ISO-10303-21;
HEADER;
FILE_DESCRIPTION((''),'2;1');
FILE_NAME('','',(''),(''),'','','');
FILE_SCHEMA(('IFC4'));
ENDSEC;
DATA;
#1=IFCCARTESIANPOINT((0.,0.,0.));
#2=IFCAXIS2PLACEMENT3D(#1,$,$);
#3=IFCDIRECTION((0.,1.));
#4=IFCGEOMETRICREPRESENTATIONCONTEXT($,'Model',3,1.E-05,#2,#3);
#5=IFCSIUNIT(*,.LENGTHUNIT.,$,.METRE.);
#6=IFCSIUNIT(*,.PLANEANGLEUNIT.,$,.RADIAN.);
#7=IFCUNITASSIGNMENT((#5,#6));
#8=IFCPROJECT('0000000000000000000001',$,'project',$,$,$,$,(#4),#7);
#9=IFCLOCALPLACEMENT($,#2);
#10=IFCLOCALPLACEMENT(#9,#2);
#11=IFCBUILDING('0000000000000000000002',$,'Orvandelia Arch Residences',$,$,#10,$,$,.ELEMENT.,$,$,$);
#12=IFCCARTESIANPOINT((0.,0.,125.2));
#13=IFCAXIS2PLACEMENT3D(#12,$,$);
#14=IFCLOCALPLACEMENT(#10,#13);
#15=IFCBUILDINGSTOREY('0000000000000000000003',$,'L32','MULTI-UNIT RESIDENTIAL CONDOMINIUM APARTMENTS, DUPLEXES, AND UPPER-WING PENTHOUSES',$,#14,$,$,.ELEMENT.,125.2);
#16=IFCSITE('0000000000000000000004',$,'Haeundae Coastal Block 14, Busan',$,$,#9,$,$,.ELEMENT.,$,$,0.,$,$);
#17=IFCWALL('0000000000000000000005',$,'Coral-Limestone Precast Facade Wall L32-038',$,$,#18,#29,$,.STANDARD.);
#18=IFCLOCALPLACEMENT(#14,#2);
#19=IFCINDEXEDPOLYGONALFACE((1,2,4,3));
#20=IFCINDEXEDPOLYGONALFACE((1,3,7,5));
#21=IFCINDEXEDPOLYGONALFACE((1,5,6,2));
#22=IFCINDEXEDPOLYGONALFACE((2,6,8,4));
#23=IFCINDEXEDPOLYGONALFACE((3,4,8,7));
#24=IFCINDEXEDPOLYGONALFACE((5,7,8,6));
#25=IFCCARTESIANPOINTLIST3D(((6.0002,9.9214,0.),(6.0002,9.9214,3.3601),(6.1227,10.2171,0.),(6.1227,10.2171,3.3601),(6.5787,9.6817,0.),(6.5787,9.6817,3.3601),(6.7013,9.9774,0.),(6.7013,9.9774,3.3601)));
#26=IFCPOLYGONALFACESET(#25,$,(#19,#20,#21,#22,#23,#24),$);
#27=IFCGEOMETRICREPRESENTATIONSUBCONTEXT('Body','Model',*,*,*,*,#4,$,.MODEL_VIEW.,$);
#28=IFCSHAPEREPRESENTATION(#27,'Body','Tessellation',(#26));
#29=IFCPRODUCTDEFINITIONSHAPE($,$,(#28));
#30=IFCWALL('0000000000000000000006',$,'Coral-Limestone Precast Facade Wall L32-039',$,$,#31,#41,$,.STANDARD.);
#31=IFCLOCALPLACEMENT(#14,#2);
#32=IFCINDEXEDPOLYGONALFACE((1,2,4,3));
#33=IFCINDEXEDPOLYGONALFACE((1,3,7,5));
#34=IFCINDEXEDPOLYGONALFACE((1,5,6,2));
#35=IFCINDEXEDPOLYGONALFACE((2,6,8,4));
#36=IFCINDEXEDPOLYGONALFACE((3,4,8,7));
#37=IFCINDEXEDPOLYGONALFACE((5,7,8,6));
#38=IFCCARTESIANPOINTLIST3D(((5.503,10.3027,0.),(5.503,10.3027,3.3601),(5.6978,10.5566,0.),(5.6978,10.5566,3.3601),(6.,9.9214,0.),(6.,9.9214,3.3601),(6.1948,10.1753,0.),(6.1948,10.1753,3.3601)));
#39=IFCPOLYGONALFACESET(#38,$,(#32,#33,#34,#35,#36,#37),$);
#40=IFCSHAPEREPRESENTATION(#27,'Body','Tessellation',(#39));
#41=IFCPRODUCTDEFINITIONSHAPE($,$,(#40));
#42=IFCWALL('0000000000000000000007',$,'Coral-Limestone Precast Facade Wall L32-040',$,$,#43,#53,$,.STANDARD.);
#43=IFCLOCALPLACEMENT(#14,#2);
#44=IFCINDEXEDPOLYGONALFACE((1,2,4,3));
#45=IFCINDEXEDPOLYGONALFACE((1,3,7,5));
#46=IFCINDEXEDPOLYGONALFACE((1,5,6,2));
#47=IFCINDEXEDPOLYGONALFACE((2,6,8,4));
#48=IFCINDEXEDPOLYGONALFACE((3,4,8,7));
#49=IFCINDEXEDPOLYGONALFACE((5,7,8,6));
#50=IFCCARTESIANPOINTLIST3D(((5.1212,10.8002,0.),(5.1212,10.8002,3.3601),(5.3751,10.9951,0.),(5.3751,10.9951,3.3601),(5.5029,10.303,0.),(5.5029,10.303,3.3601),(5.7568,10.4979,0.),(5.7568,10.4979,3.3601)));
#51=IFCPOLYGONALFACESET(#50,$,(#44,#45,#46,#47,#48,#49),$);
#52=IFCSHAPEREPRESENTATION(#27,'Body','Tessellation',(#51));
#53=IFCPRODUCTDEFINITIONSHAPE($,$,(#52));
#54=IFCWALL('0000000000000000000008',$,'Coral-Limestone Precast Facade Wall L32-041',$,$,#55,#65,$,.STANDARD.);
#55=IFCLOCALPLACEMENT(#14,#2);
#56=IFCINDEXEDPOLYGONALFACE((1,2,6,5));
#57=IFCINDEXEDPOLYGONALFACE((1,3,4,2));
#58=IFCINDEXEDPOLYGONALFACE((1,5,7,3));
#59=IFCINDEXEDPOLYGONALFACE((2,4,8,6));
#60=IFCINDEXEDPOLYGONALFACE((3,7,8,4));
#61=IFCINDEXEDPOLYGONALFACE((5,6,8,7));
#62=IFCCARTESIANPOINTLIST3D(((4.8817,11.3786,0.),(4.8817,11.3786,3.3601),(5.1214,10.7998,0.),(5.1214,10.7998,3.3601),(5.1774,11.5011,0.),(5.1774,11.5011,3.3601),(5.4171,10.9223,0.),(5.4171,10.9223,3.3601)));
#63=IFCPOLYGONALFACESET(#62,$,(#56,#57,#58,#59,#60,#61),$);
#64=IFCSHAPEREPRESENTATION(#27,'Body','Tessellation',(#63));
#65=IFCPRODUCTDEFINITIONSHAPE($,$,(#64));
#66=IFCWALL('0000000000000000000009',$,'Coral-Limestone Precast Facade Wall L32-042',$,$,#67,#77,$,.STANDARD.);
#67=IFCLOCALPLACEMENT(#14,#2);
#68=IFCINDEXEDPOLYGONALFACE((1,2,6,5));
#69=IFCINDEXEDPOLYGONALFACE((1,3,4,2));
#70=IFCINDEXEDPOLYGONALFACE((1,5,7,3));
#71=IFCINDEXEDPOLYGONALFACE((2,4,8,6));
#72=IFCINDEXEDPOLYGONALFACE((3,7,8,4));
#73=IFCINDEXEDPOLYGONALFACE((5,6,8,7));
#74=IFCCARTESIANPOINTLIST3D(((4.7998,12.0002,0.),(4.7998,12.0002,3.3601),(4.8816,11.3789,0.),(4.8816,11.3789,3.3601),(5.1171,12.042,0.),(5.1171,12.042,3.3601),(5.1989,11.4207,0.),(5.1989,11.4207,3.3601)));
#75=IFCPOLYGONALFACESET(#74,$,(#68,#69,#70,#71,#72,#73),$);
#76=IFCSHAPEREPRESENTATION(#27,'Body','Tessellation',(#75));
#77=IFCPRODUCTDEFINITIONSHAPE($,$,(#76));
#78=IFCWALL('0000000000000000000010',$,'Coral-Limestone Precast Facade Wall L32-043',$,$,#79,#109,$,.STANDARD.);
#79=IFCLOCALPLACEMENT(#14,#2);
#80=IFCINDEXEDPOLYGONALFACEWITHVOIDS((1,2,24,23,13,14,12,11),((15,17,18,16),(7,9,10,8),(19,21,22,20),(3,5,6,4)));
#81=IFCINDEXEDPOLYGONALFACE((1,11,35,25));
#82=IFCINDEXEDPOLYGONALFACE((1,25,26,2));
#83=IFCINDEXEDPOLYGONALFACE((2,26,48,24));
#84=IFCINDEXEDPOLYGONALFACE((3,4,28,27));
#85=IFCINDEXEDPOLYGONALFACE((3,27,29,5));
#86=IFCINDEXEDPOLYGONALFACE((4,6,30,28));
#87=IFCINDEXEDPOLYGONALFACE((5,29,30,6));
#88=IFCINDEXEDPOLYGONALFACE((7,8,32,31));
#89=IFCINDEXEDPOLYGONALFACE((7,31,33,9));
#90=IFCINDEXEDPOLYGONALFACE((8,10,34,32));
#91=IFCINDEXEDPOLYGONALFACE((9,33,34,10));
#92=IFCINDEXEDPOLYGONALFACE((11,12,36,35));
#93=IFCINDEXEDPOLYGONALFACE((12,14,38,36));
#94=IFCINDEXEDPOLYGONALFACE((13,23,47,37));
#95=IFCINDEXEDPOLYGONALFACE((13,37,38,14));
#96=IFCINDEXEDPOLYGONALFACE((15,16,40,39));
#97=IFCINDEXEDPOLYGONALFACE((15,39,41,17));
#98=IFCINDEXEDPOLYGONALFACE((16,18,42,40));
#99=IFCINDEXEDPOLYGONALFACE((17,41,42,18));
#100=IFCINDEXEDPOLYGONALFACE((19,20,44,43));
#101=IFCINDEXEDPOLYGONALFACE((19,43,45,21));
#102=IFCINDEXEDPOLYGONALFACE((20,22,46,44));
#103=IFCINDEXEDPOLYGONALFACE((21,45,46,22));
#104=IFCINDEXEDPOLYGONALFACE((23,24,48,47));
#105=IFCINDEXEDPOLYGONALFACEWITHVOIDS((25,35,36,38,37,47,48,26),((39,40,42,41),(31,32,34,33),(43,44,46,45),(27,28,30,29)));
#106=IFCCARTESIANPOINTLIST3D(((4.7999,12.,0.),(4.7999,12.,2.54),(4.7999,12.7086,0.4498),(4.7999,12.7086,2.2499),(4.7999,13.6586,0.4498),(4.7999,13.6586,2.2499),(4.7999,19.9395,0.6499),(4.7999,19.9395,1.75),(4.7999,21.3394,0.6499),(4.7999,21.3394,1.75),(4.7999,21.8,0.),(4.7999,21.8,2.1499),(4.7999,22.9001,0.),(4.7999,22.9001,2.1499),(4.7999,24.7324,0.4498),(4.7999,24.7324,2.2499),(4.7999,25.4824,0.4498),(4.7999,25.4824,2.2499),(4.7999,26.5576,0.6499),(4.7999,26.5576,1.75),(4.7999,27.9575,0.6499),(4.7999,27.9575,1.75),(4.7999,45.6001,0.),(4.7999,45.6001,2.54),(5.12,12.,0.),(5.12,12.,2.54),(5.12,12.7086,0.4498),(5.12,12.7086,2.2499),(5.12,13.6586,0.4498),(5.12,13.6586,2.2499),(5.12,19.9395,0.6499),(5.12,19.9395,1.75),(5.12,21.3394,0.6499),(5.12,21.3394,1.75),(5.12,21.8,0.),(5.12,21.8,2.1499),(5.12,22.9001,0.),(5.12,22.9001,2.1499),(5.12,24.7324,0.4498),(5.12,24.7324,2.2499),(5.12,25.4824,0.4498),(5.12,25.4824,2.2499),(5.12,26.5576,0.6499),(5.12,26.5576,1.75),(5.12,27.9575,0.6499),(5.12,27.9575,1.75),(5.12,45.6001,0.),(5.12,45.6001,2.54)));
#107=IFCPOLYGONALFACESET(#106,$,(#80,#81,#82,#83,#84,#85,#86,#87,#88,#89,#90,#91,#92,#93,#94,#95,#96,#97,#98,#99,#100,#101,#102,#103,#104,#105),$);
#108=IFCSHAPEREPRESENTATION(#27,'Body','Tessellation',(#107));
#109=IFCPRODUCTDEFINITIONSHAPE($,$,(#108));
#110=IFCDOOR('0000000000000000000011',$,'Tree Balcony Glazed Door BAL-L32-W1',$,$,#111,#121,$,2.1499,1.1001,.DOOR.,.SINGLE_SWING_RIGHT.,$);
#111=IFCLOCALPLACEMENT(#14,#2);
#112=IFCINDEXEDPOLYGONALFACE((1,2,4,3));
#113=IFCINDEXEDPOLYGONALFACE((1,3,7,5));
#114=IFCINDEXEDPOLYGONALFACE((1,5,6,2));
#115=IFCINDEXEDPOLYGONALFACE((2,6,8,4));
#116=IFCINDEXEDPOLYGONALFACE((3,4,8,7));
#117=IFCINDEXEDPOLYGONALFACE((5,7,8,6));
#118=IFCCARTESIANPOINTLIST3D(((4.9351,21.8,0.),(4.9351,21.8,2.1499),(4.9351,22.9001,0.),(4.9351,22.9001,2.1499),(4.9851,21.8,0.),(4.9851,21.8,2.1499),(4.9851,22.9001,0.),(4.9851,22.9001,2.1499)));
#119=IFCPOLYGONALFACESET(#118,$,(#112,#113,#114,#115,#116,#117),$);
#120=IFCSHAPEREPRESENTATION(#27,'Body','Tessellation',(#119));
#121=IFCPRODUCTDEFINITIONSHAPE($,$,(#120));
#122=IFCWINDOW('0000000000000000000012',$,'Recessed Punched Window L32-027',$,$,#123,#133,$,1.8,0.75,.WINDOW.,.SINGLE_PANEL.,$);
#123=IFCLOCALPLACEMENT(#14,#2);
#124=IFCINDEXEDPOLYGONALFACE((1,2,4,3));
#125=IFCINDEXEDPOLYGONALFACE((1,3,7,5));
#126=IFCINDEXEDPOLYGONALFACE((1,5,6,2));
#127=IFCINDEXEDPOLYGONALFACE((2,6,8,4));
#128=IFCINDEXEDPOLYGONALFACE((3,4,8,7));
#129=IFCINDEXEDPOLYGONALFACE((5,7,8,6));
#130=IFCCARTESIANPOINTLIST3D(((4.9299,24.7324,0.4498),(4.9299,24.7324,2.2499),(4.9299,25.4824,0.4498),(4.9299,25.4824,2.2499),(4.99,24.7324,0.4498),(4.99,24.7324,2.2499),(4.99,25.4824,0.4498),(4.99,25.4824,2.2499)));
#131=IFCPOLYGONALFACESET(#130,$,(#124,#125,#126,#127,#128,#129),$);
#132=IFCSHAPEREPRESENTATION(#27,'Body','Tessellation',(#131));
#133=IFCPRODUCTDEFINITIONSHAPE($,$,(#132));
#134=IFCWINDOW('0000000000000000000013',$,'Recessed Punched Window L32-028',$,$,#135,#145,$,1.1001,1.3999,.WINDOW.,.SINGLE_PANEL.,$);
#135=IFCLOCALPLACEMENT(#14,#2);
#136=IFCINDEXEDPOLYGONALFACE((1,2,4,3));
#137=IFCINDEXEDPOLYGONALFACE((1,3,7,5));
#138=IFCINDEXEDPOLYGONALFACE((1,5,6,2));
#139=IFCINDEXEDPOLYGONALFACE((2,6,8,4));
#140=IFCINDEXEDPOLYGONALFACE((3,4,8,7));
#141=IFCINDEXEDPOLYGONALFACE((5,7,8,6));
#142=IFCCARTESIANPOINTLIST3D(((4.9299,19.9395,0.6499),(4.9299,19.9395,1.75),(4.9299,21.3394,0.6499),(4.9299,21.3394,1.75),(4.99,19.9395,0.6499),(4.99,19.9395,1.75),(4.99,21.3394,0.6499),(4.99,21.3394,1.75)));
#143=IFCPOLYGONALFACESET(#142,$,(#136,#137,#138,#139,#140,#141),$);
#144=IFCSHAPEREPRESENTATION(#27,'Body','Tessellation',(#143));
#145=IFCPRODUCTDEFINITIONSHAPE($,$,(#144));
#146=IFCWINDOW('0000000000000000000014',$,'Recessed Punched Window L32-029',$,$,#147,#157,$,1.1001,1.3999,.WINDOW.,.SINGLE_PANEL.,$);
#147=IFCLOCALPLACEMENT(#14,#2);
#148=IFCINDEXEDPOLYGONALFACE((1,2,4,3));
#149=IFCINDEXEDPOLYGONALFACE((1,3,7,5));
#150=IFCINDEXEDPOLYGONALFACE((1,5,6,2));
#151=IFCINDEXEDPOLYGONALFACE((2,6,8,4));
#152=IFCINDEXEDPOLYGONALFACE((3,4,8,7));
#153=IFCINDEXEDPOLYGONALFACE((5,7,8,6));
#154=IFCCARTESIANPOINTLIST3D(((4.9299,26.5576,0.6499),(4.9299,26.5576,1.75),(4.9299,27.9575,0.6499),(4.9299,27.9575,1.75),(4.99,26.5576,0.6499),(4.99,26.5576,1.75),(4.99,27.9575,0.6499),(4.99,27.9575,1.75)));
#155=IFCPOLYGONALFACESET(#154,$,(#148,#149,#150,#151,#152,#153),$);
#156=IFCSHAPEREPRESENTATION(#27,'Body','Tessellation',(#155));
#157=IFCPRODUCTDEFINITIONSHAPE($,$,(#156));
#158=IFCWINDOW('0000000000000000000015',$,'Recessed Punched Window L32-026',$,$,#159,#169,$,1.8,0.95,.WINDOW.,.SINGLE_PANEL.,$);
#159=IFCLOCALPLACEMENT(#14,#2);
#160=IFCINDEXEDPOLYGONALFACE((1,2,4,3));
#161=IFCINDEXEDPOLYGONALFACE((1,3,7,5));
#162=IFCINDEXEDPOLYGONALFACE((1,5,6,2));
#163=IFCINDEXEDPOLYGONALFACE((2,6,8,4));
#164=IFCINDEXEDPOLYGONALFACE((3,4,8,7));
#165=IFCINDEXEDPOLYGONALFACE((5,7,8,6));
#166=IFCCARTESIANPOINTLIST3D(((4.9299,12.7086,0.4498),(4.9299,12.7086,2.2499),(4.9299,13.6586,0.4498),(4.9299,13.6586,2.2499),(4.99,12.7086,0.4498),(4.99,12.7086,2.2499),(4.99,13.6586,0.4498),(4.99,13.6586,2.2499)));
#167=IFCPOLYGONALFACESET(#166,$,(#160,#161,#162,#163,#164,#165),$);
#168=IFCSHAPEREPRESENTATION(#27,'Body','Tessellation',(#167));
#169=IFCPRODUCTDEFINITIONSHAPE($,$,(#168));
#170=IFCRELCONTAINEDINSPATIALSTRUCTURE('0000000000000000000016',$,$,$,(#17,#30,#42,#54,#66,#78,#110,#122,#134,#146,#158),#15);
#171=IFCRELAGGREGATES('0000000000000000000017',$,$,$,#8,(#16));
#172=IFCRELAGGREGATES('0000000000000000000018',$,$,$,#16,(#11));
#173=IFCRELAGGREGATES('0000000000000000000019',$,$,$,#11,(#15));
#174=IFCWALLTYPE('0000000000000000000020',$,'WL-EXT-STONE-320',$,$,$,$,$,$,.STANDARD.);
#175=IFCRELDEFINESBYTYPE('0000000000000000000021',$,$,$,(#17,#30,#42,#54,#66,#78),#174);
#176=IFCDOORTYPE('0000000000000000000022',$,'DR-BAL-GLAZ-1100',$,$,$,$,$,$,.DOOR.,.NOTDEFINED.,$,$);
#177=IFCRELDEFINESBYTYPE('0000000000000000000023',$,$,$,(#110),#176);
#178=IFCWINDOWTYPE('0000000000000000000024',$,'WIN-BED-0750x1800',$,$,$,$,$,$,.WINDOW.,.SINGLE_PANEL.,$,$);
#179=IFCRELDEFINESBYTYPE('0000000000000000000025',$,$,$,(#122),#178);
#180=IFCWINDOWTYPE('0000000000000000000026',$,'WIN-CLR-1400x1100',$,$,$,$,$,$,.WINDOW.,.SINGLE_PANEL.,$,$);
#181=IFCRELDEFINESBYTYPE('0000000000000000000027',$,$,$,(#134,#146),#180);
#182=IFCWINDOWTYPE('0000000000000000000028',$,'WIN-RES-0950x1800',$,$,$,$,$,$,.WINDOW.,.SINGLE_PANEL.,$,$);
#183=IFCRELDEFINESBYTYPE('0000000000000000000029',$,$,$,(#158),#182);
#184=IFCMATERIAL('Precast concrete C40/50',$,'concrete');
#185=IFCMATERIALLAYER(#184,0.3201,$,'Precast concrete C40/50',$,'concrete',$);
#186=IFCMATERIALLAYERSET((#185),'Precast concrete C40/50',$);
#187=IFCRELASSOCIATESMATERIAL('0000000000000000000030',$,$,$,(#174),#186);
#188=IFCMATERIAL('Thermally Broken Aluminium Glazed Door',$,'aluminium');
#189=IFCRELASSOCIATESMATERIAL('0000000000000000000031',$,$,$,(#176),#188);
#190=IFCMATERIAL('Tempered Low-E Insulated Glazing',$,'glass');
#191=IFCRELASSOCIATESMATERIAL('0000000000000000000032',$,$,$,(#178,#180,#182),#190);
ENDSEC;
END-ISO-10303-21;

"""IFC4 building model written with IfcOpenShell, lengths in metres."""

from ifc_helpers import new_model, si_unit, direction, frame, frame_2d, origin, place, context, subcontext, project, spatial, rectangle, extrude, material, layer, layer_set, type_object, element, fill, save


model = new_model("IFC4")

# Units and contexts
model_context = context("Model", 3, precision=1e-05, world=origin(), true_north=direction((0.0, 1.0)))
body_context = subcontext(model_context, "Body", "Model", "MODEL_VIEW")
ifc_project = project(units=[si_unit("LENGTHUNIT", "METRE"), si_unit("PLANEANGLEUNIT", "RADIAN")], contexts=[model_context])

# Site, building, storey
site_placement = place(None, origin())
site = spatial("IfcSite", under=ifc_project, at=site_placement, Name="Haeundae Coastal Block 14, Busan", CompositionType="ELEMENT", RefElevation=0.0)
building_placement = place(site_placement, origin())
building = spatial("IfcBuilding", under=site, at=building_placement, Name="Orvandelia Arch Residences", CompositionType="ELEMENT")
storey_placement = place(building_placement, frame((0.0, 0.0, 125.2)))
storey = spatial("IfcBuildingStorey", under=building, at=storey_placement, Name="L32", Description="MULTI-UNIT RESIDENTIAL CONDOMINIUM APARTMENTS, DUPLEXES, AND UPPER-WING PENTHOUSES", CompositionType="ELEMENT", Elevation=125.2)

# Shared definitions
ifc_material_1 = material(Name="Precast concrete C40/50", Category="concrete")

# Walls
ifc_layer_1 = layer(ifc_material_1, 0.3201, Name="Precast concrete C40/50", Category="concrete")
ifc_layer_set_1 = layer_set([ifc_layer_1], Name="Precast concrete C40/50")
wall_type_1 = type_object("IfcWallType", Name="WL-EXT-STONE-320", PredefinedType="STANDARD", material=ifc_layer_set_1)
wall_1_placement = place(storey_placement, frame((6.6399, 9.8296, 0.0), z_axis=(0.0, 0.0, 1.0), x_axis=(-0.923836, 0.382788, 0.0)))
element("IfcWall", 1, at=wall_1_placement, inside=storey, type_object=wall_type_1, Name="Coral-Limestone Precast Facade Wall L32-038", PredefinedType="STANDARD", context=body_context, shape_type="SweptSolid", body=[
    extrude(rectangle(XDim=0.6262, YDim=0.3201, at=frame_2d((0.313, 0.0))), origin(), (0.0, 0.0, 1.0), 3.3601),
])
wall_2_placement = place(storey_placement, frame((6.0974, 10.0483, 0.0), z_axis=(0.0, 0.0, 1.0), x_axis=(-0.793406, 0.608693, 0.0)))
element("IfcWall", 2, at=wall_2_placement, inside=storey, type_object=wall_type_1, Name="Coral-Limestone Precast Facade Wall L32-039", PredefinedType="STANDARD", context=body_context, shape_type="SweptSolid", body=[
    extrude(rectangle(XDim=0.6265, YDim=0.3201, at=frame_2d((0.3132, 0.0))), origin(), (0.0, 0.0, 1.0), 3.3601),
])
wall_3_placement = place(storey_placement, frame((5.6299, 10.4004, 0.0), z_axis=(0.0, 0.0, 1.0), x_axis=(-0.608939, 0.793217, 0.0)))
element("IfcWall", 3, at=wall_3_placement, inside=storey, type_object=wall_type_1, Name="Coral-Limestone Precast Facade Wall L32-040", PredefinedType="STANDARD", context=body_context, shape_type="SweptSolid", body=[
    extrude(rectangle(XDim=0.6267, YDim=0.3201, at=frame_2d((0.3135, 0.0))), origin(), (0.0, 0.0, 1.0), 3.3601),
])
wall_4_placement = place(storey_placement, frame((5.2693, 10.8611, 0.0), z_axis=(0.0, 0.0, 1.0), x_axis=(-0.38265, 0.923893, 0.0)))
element("IfcWall", 4, at=wall_4_placement, inside=storey, type_object=wall_type_1, Name="Coral-Limestone Precast Facade Wall L32-041", PredefinedType="STANDARD", context=body_context, shape_type="SweptSolid", body=[
    extrude(rectangle(XDim=0.6265, YDim=0.3201, at=frame_2d((0.3132, 0.0))), origin(), (0.0, 0.0, 1.0), 3.3601),
])
wall_5_placement = place(storey_placement, frame((5.0403, 11.3997, 0.0), z_axis=(0.0, 0.0, 1.0), x_axis=(-0.130505, 0.991448, 0.0)))
element("IfcWall", 5, at=wall_5_placement, inside=storey, type_object=wall_type_1, Name="Coral-Limestone Precast Facade Wall L32-042", PredefinedType="STANDARD", context=body_context, shape_type="SweptSolid", body=[
    extrude(rectangle(XDim=0.6267, YDim=0.3201, at=frame_2d((0.3135, 0.0))), origin(), (0.0, 0.0, 1.0), 3.3601),
])

# Wall, openings, door, windows
wall_6_placement = place(storey_placement, frame((4.96, 12.0, 0.0), z_axis=(0.0, 0.0, 1.0), x_axis=(0.0, 1.0, 0.0)))
wall_6 = element("IfcWall", 6, at=wall_6_placement, inside=storey, type_object=wall_type_1, Name="Coral-Limestone Precast Facade Wall L32-043", PredefinedType="STANDARD", context=body_context, shape_type="SweptSolid", body=[
    extrude(rectangle(XDim=33.6001, YDim=0.3201, at=frame_2d((16.8, 0.0))), origin(), (0.0, 0.0, 1.0), 2.54),
])
opening_1_placement = place(wall_6_placement, frame((9.8, 0.0, 0.0)))
opening_1 = element("IfcOpeningElement", 7, at=opening_1_placement, cuts=wall_6, PredefinedType="OPENING", context=body_context, shape_type="SweptSolid", body=[
    extrude(rectangle(XDim=1.1001, YDim=2.1499, at=frame_2d((0.55, 1.075))), frame((0.0, 0.1699, 0.0), z_axis=(0.0, -1.0, 0.0), x_axis=(1.0, 0.0, 0.0)), (0.0, 0.0, 1.0), 0.3401),
])
opening_2_placement = place(wall_6_placement, frame((0.7085, 0.0, 0.45)))
opening_2 = element("IfcOpeningElement", 8, at=opening_2_placement, cuts=wall_6, PredefinedType="OPENING", context=body_context, shape_type="SweptSolid", body=[
    extrude(rectangle(XDim=0.95, YDim=1.8, at=frame_2d((0.4751, 0.8999))), frame((0.0, 0.1699, 0.0), z_axis=(0.0, -1.0, 0.0), x_axis=(1.0, 0.0, 0.0)), (0.0, 0.0, 1.0), 0.3401),
])
opening_3_placement = place(wall_6_placement, frame((12.7324, 0.0, 0.45)))
opening_3 = element("IfcOpeningElement", 9, at=opening_3_placement, cuts=wall_6, PredefinedType="OPENING", context=body_context, shape_type="SweptSolid", body=[
    extrude(rectangle(XDim=0.75, YDim=1.8, at=frame_2d((0.375, 0.8999))), frame((0.0, 0.1699, 0.0), z_axis=(0.0, -1.0, 0.0), x_axis=(1.0, 0.0, 0.0)), (0.0, 0.0, 1.0), 0.3401),
])
opening_4_placement = place(wall_6_placement, frame((7.9395, 0.0, 0.6499)))
opening_4 = element("IfcOpeningElement", 10, at=opening_4_placement, cuts=wall_6, PredefinedType="OPENING", context=body_context, shape_type="SweptSolid", body=[
    extrude(rectangle(XDim=1.3999, YDim=1.1001, at=frame_2d((0.7, 0.55))), frame((0.0, 0.1699, 0.0), z_axis=(0.0, -1.0, 0.0), x_axis=(1.0, 0.0, 0.0)), (0.0, 0.0, 1.0), 0.3401),
])
opening_5_placement = place(wall_6_placement, frame((14.5576, 0.0, 0.6499)))
opening_5 = element("IfcOpeningElement", 11, at=opening_5_placement, cuts=wall_6, PredefinedType="OPENING", context=body_context, shape_type="SweptSolid", body=[
    extrude(rectangle(XDim=1.3999, YDim=1.1001, at=frame_2d((0.7, 0.55))), frame((0.0, 0.1699, 0.0), z_axis=(0.0, -1.0, 0.0), x_axis=(1.0, 0.0, 0.0)), (0.0, 0.0, 1.0), 0.3401),
])
ifc_material_2 = material(Name="Thermally Broken Aluminium Glazed Door", Category="aluminium")
door_type_1 = type_object("IfcDoorType", Name="DR-BAL-GLAZ-1100", OperationType="NOTDEFINED", PredefinedType="DOOR", material=ifc_material_2)
door_1_placement = place(opening_1_placement, origin())
door_1 = element("IfcDoor", 12, at=door_1_placement, inside=storey, type_object=door_type_1, Name="Tree Balcony Glazed Door BAL-L32-W1", OperationType="SINGLE_SWING_RIGHT", OverallHeight=2.1499, OverallWidth=1.1001, PredefinedType="DOOR", context=body_context, shape_type="SweptSolid", body=[
    extrude(rectangle(XDim=1.1001, YDim=2.1499, at=frame_2d((0.55, 1.075))), frame((0.0, 0.0249, 0.0), z_axis=(0.0, -1.0, 0.0), x_axis=(1.0, 0.0, 0.0)), (0.0, 0.0, 1.0), 0.05),
])
fill(opening_1, door_1)
ifc_material_3 = material(Name="Tempered Low-E Insulated Glazing", Category="glass")
window_type_1 = type_object("IfcWindowType", Name="WIN-BED-0750x1800", PartitioningType="SINGLE_PANEL", PredefinedType="WINDOW", material=ifc_material_3)
window_1_placement = place(opening_3_placement, origin())
window_1 = element("IfcWindow", 13, at=window_1_placement, inside=storey, type_object=window_type_1, Name="Recessed Punched Window L32-027", OverallHeight=1.8, OverallWidth=0.75, PartitioningType="SINGLE_PANEL", PredefinedType="WINDOW", context=body_context, shape_type="SweptSolid", body=[
    extrude(rectangle(XDim=0.75, YDim=1.8, at=frame_2d((0.375, 0.8999))), frame((0.0, 0.03, 0.0), z_axis=(0.0, -1.0, 0.0), x_axis=(1.0, 0.0, 0.0)), (0.0, 0.0, 1.0), 0.0601),
])
fill(opening_3, window_1)
window_type_2 = type_object("IfcWindowType", Name="WIN-CLR-1400x1100", PartitioningType="SINGLE_PANEL", PredefinedType="WINDOW", material=ifc_material_3)
window_2_placement = place(opening_4_placement, origin())
window_2 = element("IfcWindow", 14, at=window_2_placement, inside=storey, type_object=window_type_2, Name="Recessed Punched Window L32-028", OverallHeight=1.1001, OverallWidth=1.3999, PartitioningType="SINGLE_PANEL", PredefinedType="WINDOW", context=body_context, shape_type="SweptSolid", body=[
    extrude(rectangle(XDim=1.3999, YDim=1.1001, at=frame_2d((0.7, 0.55))), frame((0.0, 0.03, 0.0), z_axis=(0.0, -1.0, 0.0), x_axis=(1.0, 0.0, 0.0)), (0.0, 0.0, 1.0), 0.0601),
])
fill(opening_4, window_2)
window_3_placement = place(opening_5_placement, origin())
window_3 = element("IfcWindow", 15, at=window_3_placement, inside=storey, type_object=window_type_2, Name="Recessed Punched Window L32-029", OverallHeight=1.1001, OverallWidth=1.3999, PartitioningType="SINGLE_PANEL", PredefinedType="WINDOW", context=body_context, shape_type="SweptSolid", body=[
    extrude(rectangle(XDim=1.3999, YDim=1.1001, at=frame_2d((0.7, 0.55))), frame((0.0, 0.03, 0.0), z_axis=(0.0, -1.0, 0.0), x_axis=(1.0, 0.0, 0.0)), (0.0, 0.0, 1.0), 0.0601),
])
fill(opening_5, window_3)
window_type_3 = type_object("IfcWindowType", Name="WIN-RES-0950x1800", PartitioningType="SINGLE_PANEL", PredefinedType="WINDOW", material=ifc_material_3)
window_4_placement = place(opening_2_placement, origin())
window_4 = element("IfcWindow", 16, at=window_4_placement, inside=storey, type_object=window_type_3, Name="Recessed Punched Window L32-026", OverallHeight=1.8, OverallWidth=0.95, PartitioningType="SINGLE_PANEL", PredefinedType="WINDOW", context=body_context, shape_type="SweptSolid", body=[
    extrude(rectangle(XDim=0.95, YDim=1.8, at=frame_2d((0.4751, 0.8999))), frame((0.0, 0.03, 0.0), z_axis=(0.0, -1.0, 0.0), x_axis=(1.0, 0.0, 0.0)), (0.0, 0.0, 1.0), 0.0601),
])
fill(opening_2, window_4)

save(model, "model.ifc")
